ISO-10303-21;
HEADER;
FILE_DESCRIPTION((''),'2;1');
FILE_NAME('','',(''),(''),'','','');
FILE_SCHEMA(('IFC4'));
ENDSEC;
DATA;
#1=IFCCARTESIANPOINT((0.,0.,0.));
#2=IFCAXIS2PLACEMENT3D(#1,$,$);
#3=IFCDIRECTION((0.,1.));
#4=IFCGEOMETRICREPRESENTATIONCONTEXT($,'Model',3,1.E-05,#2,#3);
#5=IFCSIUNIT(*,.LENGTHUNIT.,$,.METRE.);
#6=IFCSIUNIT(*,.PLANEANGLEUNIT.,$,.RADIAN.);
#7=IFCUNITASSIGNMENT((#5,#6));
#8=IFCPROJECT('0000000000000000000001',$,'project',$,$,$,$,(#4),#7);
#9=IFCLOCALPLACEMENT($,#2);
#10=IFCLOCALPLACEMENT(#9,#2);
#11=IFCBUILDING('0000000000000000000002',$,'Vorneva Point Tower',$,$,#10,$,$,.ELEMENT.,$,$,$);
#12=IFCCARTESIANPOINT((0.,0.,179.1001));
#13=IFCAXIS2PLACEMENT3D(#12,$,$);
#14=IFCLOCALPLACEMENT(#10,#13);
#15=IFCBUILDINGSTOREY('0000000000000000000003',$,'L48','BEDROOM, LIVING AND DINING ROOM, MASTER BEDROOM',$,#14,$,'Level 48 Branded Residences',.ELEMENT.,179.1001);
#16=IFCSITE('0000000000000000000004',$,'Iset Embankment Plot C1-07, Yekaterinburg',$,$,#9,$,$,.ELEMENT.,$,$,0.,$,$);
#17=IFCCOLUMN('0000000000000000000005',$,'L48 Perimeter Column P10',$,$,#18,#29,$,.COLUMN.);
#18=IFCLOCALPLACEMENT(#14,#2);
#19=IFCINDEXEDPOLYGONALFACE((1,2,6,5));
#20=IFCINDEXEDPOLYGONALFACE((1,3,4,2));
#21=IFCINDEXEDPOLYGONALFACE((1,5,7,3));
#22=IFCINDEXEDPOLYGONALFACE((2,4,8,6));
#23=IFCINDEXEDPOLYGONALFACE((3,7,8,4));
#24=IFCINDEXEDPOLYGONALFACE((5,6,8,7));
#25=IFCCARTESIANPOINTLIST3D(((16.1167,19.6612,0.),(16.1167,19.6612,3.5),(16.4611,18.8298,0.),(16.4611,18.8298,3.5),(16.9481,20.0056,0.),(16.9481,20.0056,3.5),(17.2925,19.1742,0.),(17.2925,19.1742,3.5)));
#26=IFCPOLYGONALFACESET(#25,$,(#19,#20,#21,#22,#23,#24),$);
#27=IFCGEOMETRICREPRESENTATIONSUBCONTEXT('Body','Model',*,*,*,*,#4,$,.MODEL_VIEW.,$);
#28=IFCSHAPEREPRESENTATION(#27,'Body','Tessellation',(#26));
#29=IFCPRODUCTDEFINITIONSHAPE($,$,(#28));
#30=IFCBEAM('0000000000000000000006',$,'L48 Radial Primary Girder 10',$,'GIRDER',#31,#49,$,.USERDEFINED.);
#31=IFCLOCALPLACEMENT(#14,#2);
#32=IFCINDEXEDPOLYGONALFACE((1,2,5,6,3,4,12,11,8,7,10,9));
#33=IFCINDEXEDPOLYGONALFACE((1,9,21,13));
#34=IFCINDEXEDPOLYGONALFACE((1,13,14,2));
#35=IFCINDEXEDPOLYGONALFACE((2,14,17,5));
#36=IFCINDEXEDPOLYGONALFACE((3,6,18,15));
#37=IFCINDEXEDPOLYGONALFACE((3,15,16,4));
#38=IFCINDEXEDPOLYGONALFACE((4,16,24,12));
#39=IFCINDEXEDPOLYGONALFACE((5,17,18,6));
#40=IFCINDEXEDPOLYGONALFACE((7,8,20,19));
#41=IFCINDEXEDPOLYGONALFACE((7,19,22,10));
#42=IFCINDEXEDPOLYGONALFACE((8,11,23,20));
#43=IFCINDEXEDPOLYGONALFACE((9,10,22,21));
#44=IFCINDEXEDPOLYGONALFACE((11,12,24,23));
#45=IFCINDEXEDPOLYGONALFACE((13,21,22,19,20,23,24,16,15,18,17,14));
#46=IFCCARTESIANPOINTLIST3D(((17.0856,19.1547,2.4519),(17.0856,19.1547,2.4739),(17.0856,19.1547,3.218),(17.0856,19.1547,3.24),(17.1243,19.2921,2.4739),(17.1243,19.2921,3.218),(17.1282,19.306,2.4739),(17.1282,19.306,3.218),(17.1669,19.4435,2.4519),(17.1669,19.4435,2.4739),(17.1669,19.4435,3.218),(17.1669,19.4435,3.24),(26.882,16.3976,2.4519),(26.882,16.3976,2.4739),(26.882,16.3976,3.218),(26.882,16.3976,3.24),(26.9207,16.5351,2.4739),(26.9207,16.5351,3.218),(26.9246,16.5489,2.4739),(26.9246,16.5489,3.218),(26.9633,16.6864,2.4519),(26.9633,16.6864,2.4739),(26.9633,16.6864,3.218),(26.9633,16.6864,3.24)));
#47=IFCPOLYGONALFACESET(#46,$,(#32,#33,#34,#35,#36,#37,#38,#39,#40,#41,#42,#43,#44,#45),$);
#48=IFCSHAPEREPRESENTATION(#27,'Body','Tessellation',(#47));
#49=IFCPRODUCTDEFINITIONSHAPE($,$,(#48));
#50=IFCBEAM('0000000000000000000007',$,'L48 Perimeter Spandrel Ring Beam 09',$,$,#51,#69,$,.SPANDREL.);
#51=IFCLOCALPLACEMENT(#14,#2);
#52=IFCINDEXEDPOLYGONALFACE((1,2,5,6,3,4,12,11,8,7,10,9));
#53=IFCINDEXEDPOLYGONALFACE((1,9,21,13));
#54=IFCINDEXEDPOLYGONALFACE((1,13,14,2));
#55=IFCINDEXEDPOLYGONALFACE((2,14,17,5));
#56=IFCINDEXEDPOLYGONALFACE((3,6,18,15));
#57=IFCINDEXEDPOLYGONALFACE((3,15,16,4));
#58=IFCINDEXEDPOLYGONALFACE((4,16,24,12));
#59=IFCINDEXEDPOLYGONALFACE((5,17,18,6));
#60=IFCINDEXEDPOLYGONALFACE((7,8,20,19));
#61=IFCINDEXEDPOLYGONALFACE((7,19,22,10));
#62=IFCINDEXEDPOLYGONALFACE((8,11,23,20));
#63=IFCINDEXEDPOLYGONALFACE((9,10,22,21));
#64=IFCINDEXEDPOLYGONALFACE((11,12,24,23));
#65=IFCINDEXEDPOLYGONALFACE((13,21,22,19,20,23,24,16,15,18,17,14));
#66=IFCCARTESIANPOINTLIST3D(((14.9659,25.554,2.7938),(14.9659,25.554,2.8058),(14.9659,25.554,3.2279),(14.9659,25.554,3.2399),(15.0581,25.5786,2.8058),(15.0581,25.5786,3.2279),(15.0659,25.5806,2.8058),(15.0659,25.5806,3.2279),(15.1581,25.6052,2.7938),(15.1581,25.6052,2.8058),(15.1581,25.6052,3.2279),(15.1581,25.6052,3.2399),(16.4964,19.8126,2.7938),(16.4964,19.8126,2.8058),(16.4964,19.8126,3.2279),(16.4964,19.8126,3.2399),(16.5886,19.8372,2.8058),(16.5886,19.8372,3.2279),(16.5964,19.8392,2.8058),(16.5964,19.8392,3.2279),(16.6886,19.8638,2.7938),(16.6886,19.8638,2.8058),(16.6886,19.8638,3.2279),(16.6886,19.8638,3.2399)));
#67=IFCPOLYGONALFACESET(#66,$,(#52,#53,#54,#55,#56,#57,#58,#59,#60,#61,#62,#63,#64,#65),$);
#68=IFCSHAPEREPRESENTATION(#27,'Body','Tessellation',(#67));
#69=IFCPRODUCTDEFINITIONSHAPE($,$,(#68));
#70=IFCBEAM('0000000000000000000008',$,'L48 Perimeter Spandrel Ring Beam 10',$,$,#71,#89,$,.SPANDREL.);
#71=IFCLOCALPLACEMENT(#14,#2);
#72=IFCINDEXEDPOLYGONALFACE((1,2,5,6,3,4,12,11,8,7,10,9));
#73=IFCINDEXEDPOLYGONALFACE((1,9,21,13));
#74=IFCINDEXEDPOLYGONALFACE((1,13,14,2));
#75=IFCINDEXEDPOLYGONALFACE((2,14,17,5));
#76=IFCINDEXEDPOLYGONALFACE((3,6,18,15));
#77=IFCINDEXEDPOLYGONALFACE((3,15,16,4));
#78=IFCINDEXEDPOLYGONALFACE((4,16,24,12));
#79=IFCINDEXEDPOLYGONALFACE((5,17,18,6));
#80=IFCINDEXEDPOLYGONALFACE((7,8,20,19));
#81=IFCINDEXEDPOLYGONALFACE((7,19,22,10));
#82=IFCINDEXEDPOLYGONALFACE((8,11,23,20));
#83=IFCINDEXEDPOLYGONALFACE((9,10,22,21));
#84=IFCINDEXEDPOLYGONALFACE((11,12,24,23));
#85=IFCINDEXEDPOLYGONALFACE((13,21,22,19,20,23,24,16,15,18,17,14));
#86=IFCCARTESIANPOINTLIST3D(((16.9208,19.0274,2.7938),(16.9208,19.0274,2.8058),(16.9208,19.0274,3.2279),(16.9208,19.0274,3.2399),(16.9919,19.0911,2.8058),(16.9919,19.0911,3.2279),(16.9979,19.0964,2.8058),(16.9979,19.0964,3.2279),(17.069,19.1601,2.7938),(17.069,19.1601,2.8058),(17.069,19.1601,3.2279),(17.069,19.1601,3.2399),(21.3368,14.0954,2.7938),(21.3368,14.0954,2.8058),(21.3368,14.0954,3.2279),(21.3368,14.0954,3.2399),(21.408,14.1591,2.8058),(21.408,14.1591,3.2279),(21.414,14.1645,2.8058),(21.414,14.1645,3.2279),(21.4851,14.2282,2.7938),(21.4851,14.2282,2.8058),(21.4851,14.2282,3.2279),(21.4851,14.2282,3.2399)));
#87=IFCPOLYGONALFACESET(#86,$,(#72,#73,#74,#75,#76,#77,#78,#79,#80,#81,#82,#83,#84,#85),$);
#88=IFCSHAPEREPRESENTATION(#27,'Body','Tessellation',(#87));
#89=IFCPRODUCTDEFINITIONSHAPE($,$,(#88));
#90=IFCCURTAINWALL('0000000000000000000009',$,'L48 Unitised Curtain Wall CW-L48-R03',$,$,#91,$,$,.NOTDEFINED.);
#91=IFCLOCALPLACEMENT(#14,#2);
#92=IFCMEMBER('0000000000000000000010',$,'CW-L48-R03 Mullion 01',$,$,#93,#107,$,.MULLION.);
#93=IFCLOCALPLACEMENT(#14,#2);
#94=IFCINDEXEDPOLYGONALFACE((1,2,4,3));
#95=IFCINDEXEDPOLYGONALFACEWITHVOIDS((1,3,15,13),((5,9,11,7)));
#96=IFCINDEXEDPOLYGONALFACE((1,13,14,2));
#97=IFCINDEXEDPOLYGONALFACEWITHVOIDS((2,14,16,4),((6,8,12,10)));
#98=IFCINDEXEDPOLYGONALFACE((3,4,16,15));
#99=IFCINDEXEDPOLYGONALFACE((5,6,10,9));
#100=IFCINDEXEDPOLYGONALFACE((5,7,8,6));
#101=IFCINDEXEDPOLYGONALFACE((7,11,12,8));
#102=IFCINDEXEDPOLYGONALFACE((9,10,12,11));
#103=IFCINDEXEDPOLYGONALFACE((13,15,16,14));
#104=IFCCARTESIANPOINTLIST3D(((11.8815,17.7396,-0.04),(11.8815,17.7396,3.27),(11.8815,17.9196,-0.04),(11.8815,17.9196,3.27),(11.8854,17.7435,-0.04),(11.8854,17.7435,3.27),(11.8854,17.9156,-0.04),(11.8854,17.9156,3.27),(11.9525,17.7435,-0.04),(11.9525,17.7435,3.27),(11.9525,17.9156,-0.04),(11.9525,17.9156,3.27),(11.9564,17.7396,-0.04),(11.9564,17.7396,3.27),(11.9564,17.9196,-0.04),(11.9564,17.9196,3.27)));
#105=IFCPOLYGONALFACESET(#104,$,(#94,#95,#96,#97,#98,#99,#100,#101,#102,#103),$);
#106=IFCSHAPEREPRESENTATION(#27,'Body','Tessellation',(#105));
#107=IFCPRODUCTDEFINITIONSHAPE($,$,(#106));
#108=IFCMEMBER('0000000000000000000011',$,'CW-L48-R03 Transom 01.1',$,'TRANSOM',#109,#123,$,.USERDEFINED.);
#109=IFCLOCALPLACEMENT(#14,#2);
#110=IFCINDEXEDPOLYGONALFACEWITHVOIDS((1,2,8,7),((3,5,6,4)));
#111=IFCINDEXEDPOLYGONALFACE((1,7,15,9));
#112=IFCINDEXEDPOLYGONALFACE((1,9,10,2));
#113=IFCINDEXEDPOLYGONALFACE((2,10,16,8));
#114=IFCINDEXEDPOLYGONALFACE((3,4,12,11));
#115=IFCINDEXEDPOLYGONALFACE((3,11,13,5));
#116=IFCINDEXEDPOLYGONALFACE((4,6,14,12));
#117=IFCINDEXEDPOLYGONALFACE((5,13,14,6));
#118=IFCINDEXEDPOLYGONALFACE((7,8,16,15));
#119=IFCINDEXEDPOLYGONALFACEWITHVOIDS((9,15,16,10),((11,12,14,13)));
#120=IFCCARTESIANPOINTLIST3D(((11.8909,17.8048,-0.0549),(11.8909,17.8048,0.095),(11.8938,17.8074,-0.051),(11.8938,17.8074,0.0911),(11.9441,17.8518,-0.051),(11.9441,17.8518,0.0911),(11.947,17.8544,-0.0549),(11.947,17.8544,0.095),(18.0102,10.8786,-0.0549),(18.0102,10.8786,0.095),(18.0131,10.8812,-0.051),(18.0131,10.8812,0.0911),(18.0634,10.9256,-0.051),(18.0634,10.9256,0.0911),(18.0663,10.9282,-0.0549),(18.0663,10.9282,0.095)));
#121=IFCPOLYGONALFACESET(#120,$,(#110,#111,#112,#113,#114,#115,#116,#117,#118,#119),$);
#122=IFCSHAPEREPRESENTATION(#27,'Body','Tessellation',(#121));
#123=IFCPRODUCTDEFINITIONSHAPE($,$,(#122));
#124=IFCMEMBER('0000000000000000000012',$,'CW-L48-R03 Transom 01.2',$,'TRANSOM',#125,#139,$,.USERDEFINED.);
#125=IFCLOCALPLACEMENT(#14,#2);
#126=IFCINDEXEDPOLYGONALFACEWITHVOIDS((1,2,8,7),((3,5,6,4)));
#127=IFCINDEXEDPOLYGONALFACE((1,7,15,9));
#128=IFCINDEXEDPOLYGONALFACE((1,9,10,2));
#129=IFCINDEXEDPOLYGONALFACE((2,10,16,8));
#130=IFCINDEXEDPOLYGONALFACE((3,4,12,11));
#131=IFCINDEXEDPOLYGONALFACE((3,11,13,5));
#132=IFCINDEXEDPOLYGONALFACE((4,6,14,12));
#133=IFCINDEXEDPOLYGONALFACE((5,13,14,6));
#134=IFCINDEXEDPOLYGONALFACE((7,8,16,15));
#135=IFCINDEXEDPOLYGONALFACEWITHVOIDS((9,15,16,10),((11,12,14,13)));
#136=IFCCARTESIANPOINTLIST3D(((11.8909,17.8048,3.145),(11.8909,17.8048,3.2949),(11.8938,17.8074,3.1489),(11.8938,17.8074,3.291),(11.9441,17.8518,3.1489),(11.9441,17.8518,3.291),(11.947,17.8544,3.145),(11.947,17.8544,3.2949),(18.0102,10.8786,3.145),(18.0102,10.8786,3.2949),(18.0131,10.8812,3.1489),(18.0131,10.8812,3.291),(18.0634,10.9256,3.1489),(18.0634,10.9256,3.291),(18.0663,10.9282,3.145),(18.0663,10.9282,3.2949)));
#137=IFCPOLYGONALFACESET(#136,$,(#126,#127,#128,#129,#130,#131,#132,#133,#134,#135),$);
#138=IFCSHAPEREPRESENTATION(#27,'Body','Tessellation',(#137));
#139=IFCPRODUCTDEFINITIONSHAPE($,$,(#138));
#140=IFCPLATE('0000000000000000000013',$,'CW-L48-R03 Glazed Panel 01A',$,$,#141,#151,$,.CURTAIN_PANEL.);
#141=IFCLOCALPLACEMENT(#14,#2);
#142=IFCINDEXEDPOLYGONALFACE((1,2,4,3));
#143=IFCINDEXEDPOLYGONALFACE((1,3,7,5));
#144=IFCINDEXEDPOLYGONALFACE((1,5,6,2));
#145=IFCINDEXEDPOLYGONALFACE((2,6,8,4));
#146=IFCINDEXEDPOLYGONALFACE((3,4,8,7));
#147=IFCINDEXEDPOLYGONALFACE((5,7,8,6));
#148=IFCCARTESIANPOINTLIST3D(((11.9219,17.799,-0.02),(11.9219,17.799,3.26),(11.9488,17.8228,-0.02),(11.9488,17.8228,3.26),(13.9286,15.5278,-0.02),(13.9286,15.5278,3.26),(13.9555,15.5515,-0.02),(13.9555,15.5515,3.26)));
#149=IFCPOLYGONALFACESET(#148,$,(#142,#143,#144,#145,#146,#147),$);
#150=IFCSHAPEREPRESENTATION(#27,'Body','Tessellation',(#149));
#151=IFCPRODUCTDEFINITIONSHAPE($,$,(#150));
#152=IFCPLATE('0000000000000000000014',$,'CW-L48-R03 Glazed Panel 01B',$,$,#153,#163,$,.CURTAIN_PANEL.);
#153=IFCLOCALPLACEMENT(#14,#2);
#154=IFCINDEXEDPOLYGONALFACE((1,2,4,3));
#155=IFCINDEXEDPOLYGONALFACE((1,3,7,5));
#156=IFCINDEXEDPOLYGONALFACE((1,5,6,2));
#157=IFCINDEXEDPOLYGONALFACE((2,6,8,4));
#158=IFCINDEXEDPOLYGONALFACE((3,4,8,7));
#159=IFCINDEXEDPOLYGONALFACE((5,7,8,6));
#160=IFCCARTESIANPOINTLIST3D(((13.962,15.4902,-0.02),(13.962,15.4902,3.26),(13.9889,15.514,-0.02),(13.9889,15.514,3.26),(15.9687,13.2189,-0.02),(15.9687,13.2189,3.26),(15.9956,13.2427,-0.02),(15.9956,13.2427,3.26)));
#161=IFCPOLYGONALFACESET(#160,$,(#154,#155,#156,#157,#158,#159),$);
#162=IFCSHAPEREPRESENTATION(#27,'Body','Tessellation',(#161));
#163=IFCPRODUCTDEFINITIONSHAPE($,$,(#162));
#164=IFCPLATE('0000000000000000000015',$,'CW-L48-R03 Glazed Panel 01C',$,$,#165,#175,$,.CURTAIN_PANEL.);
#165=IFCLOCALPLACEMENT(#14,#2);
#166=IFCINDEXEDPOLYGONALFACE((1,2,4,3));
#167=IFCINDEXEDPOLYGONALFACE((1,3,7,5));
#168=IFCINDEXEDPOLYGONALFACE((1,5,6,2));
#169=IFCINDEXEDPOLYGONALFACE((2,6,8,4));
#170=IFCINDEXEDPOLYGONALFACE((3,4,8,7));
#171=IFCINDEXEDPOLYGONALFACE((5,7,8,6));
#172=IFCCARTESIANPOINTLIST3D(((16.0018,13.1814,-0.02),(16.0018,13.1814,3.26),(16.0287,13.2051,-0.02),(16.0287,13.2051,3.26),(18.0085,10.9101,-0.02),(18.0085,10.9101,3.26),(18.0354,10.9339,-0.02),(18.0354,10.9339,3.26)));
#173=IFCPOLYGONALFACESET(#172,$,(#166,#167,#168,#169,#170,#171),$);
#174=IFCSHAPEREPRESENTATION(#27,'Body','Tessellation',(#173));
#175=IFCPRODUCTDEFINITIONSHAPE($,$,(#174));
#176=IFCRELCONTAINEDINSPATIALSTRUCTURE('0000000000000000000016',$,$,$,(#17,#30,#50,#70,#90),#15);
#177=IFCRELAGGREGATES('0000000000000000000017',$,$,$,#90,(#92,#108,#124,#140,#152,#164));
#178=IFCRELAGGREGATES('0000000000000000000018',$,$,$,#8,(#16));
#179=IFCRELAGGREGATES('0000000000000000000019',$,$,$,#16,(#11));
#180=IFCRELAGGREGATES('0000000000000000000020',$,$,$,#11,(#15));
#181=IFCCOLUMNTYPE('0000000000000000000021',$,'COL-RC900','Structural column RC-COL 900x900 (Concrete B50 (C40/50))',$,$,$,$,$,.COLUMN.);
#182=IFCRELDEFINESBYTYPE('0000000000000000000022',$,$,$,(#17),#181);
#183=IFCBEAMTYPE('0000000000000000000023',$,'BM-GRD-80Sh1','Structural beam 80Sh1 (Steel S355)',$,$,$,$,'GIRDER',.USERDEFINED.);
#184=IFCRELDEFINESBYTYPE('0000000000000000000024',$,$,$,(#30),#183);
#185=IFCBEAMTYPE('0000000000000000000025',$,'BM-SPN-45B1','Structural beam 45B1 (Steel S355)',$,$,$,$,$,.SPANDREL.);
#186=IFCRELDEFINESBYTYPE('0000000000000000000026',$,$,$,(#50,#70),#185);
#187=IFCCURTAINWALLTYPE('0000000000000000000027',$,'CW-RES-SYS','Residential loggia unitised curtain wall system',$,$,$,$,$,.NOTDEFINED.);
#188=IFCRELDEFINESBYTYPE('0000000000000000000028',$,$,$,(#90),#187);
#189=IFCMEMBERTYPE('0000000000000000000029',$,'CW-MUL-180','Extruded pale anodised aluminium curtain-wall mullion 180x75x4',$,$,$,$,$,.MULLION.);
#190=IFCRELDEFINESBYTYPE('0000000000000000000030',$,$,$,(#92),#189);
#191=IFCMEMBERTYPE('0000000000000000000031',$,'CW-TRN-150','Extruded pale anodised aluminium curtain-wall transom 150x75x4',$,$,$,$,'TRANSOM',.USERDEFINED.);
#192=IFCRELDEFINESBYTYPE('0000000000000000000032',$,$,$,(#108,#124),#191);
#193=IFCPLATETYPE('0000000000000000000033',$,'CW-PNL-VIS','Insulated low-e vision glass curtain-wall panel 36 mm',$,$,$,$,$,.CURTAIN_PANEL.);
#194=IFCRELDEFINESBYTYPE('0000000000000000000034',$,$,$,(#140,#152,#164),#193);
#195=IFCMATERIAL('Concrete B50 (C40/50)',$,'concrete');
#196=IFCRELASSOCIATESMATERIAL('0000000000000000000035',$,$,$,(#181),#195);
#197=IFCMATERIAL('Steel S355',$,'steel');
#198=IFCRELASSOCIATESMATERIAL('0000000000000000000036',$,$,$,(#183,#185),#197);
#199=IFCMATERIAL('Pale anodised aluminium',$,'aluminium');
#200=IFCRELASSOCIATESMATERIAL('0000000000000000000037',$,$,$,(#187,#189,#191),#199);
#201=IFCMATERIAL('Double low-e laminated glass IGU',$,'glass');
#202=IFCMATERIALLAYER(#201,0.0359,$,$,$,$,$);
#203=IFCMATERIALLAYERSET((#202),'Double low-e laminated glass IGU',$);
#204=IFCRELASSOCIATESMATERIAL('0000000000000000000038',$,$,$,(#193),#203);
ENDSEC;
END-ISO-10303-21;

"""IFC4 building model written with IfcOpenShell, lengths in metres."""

from ifc_helpers import new_model, si_unit, direction, frame, origin, origin_2d, place, context, subcontext, project, spatial, rectangle, hollow_rectangle, i_section, extrude, material, layer, layer_set, material_profile, profile_set, type_object, element, aggregate, save


model = new_model("IFC4")

# Units and contexts
model_context = context("Model", 3, precision=1e-05, world=origin(), true_north=direction((0.0, 1.0)))
body_context = subcontext(model_context, "Body", "Model", "MODEL_VIEW")
ifc_project = project(units=[si_unit("LENGTHUNIT", "METRE"), si_unit("PLANEANGLEUNIT", "RADIAN")], contexts=[model_context])

# Site, building, storey
site_placement = place(None, origin())
site = spatial("IfcSite", under=ifc_project, at=site_placement, Name="Iset Embankment Plot C1-07, Yekaterinburg", CompositionType="ELEMENT", RefElevation=0.0)
building_placement = place(site_placement, origin())
building = spatial("IfcBuilding", under=site, at=building_placement, Name="Vorneva Point Tower", CompositionType="ELEMENT")
storey_placement = place(building_placement, frame((0.0, 0.0, 179.1001)))
storey = spatial("IfcBuildingStorey", under=building, at=storey_placement, Name="L48", Description="BEDROOM, LIVING AND DINING ROOM, MASTER BEDROOM", LongName="Level 48 Branded Residences", CompositionType="ELEMENT", Elevation=179.1001)

# Column
ifc_material_1 = material(Name="Concrete B50 (C40/50)", Category="concrete")
ifc_material_profile_1 = material_profile(ifc_material_1, rectangle(XDim=0.8999, YDim=0.8999, at=origin_2d()), Name="RC-COL 900x900")
ifc_profile_set_1 = profile_set([ifc_material_profile_1], Name="Concrete B50 (C40/50)")
column_type = type_object("IfcColumnType", Name="COL-RC900", Description="Structural column RC-COL 900x900 (Concrete B50 (C40/50))", PredefinedType="COLUMN", material=ifc_profile_set_1)
column_placement = place(storey_placement, frame((16.7046, 19.4177, 0.0), z_axis=(0.0, 0.0, 1.0), x_axis=(-0.92388, -0.382683, 0.0)))
element("IfcColumn", 1, at=column_placement, inside=storey, type_object=column_type, Name="L48 Perimeter Column P10", PredefinedType="COLUMN", context=body_context, shape_type="SweptSolid", body=[
    extrude(rectangle(XDim=0.8999, YDim=0.8999, at=origin_2d()), origin(), (0.0, 0.0, 1.0), 3.5),
])

# Beams
ifc_material_2 = material(Name="Steel S355", Category="steel")
ifc_material_profile_2 = material_profile(ifc_material_2, i_section(OverallWidth=0.3, OverallDepth=0.7881, WebThickness=0.0144, FlangeThickness=0.022, at=origin_2d()), Name="80Sh1")
ifc_profile_set_2 = profile_set([ifc_material_profile_2], Name="Steel S355")
beam_type_1 = type_object("IfcBeamType", Name="BM-GRD-80Sh1", Description="Structural beam 80Sh1 (Steel S355)", ElementType="GIRDER", PredefinedType="USERDEFINED", material=ifc_profile_set_2)
beam_1_placement = place(storey_placement, frame((17.1262, 19.2991, 2.8459), z_axis=(0.962604, -0.270914, 0.0), x_axis=(0.270914, 0.962604, 0.0)))
element("IfcBeam", 2, at=beam_1_placement, inside=storey, type_object=beam_type_1, Name="L48 Radial Primary Girder 10", ObjectType="GIRDER", PredefinedType="USERDEFINED", context=body_context, shape_type="SweptSolid", body=[
    extrude(i_section(OverallWidth=0.3, OverallDepth=0.7881, WebThickness=0.0144, FlangeThickness=0.022, at=origin_2d()), origin(), (0.0, 0.0, 1.0), 10.177),
])
ifc_material_profile_3 = material_profile(ifc_material_2, i_section(OverallWidth=0.199, OverallDepth=0.446, WebThickness=0.0081, FlangeThickness=0.012, at=origin_2d()), Name="45B1")
ifc_profile_set_3 = profile_set([ifc_material_profile_3], Name="Steel S355")
beam_type_2 = type_object("IfcBeamType", Name="BM-SPN-45B1", Description="Structural beam 45B1 (Steel S355)", PredefinedType="SPANDREL", material=ifc_profile_set_3)
beam_2_placement = place(storey_placement, frame((15.062, 25.5796, 3.0168), z_axis=(0.257578, -0.966257, 0.0), x_axis=(0.966257, 0.257578, 0.0)))
element("IfcBeam", 3, at=beam_2_placement, inside=storey, type_object=beam_type_2, Name="L48 Perimeter Spandrel Ring Beam 09", PredefinedType="SPANDREL", context=body_context, shape_type="SweptSolid", body=[
    extrude(i_section(OverallWidth=0.199, OverallDepth=0.446, WebThickness=0.0081, FlangeThickness=0.012, at=origin_2d()), origin(), (0.0, 0.0, 1.0), 5.9419),
])
beam_3_placement = place(storey_placement, frame((16.9949, 19.0938, 3.0168), z_axis=(0.66707, -0.744995, 0.0), x_axis=(0.744995, 0.66707, 0.0)))
element("IfcBeam", 4, at=beam_3_placement, inside=storey, type_object=beam_type_2, Name="L48 Perimeter Spandrel Ring Beam 10", PredefinedType="SPANDREL", context=body_context, shape_type="SweptSolid", body=[
    extrude(i_section(OverallWidth=0.199, OverallDepth=0.446, WebThickness=0.0081, FlangeThickness=0.012, at=origin_2d()), origin(), (0.0, 0.0, 1.0), 6.6201),
])

# Curtain wall, members, plates
ifc_material_3 = material(Name="Pale anodised aluminium", Category="aluminium")
curtain_wall_type = type_object("IfcCurtainWallType", Name="CW-RES-SYS", Description="Residential loggia unitised curtain wall system", PredefinedType="NOTDEFINED", material=ifc_material_3)
curtain_wall_placement = place(storey_placement, origin())
curtain_wall = element("IfcCurtainWall", 5, at=curtain_wall_placement, inside=storey, type_object=curtain_wall_type, Name="L48 Unitised Curtain Wall CW-L48-R03", PredefinedType="NOTDEFINED")
ifc_material_profile_4 = material_profile(ifc_material_3, hollow_rectangle(XDim=0.075, YDim=0.1799, WallThickness=0.0039, at=origin_2d()), Name="AL-MUL 180x75x4")
ifc_profile_set_4 = profile_set([ifc_material_profile_4], Name="Pale anodised aluminium")
member_type_1 = type_object("IfcMemberType", Name="CW-MUL-180", Description="Extruded pale anodised aluminium curtain-wall mullion 180x75x4", PredefinedType="MULLION", material=ifc_profile_set_4)
member_1_placement = place(storey_placement, frame((11.9189, 17.8296, -0.04), z_axis=(0.0, 0.0, 1.0), x_axis=(1.0, 0.0, 0.0)))
member_1 = element("IfcMember", 6, at=member_1_placement, type_object=member_type_1, Name="CW-L48-R03 Mullion 01", PredefinedType="MULLION", context=body_context, shape_type="SweptSolid", body=[
    extrude(hollow_rectangle(XDim=0.075, YDim=0.1799, WallThickness=0.0039, at=origin_2d()), origin(), (0.0, 0.0, 1.0), 3.3101),
])
ifc_material_profile_5 = material_profile(ifc_material_3, hollow_rectangle(XDim=0.075, YDim=0.1499, WallThickness=0.0039, at=origin_2d()), Name="AL-TRN 150x75x4")
ifc_profile_set_5 = profile_set([ifc_material_profile_5], Name="Pale anodised aluminium")
member_type_2 = type_object("IfcMemberType", Name="CW-TRN-150", Description="Extruded pale anodised aluminium curtain-wall transom 150x75x4", ElementType="TRANSOM", PredefinedType="USERDEFINED", material=ifc_profile_set_5)
member_2_placement = place(storey_placement, frame((11.9189, 17.8296, 0.02), z_axis=(0.662106, -0.74941, 0.0), x_axis=(0.74941, 0.662106, 0.0)))
member_2 = element("IfcMember", 7, at=member_2_placement, type_object=member_type_2, Name="CW-L48-R03 Transom 01.1", ObjectType="TRANSOM", PredefinedType="USERDEFINED", context=body_context, shape_type="SweptSolid", body=[
    extrude(hollow_rectangle(XDim=0.075, YDim=0.1499, WallThickness=0.0039, at=origin_2d()), origin(), (0.0, 0.0, 1.0), 9.2422),
])
member_3_placement = place(storey_placement, frame((11.9189, 17.8296, 3.22), z_axis=(0.662106, -0.74941, 0.0), x_axis=(0.74941, 0.662106, 0.0)))
member_3 = element("IfcMember", 8, at=member_3_placement, type_object=member_type_2, Name="CW-L48-R03 Transom 01.2", ObjectType="TRANSOM", PredefinedType="USERDEFINED", context=body_context, shape_type="SweptSolid", body=[
    extrude(hollow_rectangle(XDim=0.075, YDim=0.1499, WallThickness=0.0039, at=origin_2d()), origin(), (0.0, 0.0, 1.0), 9.2422),
])
ifc_material_4 = material(Name="Double low-e laminated glass IGU", Category="glass")
ifc_layer_1 = layer(ifc_material_4, 0.0359)
ifc_layer_set_1 = layer_set([ifc_layer_1], Name="Double low-e laminated glass IGU")
plate_type = type_object("IfcPlateType", Name="CW-PNL-VIS", Description="Insulated low-e vision glass curtain-wall panel 36 mm", PredefinedType="CURTAIN_PANEL", material=ifc_layer_set_1)
plate_1_placement = place(storey_placement, frame((12.9387, 16.6753, -0.02), z_axis=(0.0, 0.0, 1.0), x_axis=(0.66211, -0.749407, 0.0)))
plate_1 = element("IfcPlate", 9, at=plate_1_placement, type_object=plate_type, Name="CW-L48-R03 Glazed Panel 01A", PredefinedType="CURTAIN_PANEL", context=body_context, shape_type="SweptSolid", body=[
    extrude(rectangle(XDim=3.0308, YDim=0.0359, at=origin_2d()), origin(), (0.0, 0.0, 1.0), 3.28),
])
plate_2_placement = place(storey_placement, frame((14.9788, 14.3665, -0.02), z_axis=(0.0, 0.0, 1.0), x_axis=(0.66211, -0.749407, 0.0)))
plate_2 = element("IfcPlate", 10, at=plate_2_placement, type_object=plate_type, Name="CW-L48-R03 Glazed Panel 01B", PredefinedType="CURTAIN_PANEL", context=body_context, shape_type="SweptSolid", body=[
    extrude(rectangle(XDim=3.0308, YDim=0.0359, at=origin_2d()), origin(), (0.0, 0.0, 1.0), 3.28),
])
plate_3_placement = place(storey_placement, frame((17.0186, 12.0576, -0.02), z_axis=(0.0, 0.0, 1.0), x_axis=(0.66211, -0.749407, 0.0)))
plate_3 = element("IfcPlate", 11, at=plate_3_placement, type_object=plate_type, Name="CW-L48-R03 Glazed Panel 01C", PredefinedType="CURTAIN_PANEL", context=body_context, shape_type="SweptSolid", body=[
    extrude(rectangle(XDim=3.0308, YDim=0.0359, at=origin_2d()), origin(), (0.0, 0.0, 1.0), 3.28),
])
aggregate(curtain_wall, [member_1, member_2, member_3, plate_1, plate_2, plate_3])

save(model, "model.ifc")
